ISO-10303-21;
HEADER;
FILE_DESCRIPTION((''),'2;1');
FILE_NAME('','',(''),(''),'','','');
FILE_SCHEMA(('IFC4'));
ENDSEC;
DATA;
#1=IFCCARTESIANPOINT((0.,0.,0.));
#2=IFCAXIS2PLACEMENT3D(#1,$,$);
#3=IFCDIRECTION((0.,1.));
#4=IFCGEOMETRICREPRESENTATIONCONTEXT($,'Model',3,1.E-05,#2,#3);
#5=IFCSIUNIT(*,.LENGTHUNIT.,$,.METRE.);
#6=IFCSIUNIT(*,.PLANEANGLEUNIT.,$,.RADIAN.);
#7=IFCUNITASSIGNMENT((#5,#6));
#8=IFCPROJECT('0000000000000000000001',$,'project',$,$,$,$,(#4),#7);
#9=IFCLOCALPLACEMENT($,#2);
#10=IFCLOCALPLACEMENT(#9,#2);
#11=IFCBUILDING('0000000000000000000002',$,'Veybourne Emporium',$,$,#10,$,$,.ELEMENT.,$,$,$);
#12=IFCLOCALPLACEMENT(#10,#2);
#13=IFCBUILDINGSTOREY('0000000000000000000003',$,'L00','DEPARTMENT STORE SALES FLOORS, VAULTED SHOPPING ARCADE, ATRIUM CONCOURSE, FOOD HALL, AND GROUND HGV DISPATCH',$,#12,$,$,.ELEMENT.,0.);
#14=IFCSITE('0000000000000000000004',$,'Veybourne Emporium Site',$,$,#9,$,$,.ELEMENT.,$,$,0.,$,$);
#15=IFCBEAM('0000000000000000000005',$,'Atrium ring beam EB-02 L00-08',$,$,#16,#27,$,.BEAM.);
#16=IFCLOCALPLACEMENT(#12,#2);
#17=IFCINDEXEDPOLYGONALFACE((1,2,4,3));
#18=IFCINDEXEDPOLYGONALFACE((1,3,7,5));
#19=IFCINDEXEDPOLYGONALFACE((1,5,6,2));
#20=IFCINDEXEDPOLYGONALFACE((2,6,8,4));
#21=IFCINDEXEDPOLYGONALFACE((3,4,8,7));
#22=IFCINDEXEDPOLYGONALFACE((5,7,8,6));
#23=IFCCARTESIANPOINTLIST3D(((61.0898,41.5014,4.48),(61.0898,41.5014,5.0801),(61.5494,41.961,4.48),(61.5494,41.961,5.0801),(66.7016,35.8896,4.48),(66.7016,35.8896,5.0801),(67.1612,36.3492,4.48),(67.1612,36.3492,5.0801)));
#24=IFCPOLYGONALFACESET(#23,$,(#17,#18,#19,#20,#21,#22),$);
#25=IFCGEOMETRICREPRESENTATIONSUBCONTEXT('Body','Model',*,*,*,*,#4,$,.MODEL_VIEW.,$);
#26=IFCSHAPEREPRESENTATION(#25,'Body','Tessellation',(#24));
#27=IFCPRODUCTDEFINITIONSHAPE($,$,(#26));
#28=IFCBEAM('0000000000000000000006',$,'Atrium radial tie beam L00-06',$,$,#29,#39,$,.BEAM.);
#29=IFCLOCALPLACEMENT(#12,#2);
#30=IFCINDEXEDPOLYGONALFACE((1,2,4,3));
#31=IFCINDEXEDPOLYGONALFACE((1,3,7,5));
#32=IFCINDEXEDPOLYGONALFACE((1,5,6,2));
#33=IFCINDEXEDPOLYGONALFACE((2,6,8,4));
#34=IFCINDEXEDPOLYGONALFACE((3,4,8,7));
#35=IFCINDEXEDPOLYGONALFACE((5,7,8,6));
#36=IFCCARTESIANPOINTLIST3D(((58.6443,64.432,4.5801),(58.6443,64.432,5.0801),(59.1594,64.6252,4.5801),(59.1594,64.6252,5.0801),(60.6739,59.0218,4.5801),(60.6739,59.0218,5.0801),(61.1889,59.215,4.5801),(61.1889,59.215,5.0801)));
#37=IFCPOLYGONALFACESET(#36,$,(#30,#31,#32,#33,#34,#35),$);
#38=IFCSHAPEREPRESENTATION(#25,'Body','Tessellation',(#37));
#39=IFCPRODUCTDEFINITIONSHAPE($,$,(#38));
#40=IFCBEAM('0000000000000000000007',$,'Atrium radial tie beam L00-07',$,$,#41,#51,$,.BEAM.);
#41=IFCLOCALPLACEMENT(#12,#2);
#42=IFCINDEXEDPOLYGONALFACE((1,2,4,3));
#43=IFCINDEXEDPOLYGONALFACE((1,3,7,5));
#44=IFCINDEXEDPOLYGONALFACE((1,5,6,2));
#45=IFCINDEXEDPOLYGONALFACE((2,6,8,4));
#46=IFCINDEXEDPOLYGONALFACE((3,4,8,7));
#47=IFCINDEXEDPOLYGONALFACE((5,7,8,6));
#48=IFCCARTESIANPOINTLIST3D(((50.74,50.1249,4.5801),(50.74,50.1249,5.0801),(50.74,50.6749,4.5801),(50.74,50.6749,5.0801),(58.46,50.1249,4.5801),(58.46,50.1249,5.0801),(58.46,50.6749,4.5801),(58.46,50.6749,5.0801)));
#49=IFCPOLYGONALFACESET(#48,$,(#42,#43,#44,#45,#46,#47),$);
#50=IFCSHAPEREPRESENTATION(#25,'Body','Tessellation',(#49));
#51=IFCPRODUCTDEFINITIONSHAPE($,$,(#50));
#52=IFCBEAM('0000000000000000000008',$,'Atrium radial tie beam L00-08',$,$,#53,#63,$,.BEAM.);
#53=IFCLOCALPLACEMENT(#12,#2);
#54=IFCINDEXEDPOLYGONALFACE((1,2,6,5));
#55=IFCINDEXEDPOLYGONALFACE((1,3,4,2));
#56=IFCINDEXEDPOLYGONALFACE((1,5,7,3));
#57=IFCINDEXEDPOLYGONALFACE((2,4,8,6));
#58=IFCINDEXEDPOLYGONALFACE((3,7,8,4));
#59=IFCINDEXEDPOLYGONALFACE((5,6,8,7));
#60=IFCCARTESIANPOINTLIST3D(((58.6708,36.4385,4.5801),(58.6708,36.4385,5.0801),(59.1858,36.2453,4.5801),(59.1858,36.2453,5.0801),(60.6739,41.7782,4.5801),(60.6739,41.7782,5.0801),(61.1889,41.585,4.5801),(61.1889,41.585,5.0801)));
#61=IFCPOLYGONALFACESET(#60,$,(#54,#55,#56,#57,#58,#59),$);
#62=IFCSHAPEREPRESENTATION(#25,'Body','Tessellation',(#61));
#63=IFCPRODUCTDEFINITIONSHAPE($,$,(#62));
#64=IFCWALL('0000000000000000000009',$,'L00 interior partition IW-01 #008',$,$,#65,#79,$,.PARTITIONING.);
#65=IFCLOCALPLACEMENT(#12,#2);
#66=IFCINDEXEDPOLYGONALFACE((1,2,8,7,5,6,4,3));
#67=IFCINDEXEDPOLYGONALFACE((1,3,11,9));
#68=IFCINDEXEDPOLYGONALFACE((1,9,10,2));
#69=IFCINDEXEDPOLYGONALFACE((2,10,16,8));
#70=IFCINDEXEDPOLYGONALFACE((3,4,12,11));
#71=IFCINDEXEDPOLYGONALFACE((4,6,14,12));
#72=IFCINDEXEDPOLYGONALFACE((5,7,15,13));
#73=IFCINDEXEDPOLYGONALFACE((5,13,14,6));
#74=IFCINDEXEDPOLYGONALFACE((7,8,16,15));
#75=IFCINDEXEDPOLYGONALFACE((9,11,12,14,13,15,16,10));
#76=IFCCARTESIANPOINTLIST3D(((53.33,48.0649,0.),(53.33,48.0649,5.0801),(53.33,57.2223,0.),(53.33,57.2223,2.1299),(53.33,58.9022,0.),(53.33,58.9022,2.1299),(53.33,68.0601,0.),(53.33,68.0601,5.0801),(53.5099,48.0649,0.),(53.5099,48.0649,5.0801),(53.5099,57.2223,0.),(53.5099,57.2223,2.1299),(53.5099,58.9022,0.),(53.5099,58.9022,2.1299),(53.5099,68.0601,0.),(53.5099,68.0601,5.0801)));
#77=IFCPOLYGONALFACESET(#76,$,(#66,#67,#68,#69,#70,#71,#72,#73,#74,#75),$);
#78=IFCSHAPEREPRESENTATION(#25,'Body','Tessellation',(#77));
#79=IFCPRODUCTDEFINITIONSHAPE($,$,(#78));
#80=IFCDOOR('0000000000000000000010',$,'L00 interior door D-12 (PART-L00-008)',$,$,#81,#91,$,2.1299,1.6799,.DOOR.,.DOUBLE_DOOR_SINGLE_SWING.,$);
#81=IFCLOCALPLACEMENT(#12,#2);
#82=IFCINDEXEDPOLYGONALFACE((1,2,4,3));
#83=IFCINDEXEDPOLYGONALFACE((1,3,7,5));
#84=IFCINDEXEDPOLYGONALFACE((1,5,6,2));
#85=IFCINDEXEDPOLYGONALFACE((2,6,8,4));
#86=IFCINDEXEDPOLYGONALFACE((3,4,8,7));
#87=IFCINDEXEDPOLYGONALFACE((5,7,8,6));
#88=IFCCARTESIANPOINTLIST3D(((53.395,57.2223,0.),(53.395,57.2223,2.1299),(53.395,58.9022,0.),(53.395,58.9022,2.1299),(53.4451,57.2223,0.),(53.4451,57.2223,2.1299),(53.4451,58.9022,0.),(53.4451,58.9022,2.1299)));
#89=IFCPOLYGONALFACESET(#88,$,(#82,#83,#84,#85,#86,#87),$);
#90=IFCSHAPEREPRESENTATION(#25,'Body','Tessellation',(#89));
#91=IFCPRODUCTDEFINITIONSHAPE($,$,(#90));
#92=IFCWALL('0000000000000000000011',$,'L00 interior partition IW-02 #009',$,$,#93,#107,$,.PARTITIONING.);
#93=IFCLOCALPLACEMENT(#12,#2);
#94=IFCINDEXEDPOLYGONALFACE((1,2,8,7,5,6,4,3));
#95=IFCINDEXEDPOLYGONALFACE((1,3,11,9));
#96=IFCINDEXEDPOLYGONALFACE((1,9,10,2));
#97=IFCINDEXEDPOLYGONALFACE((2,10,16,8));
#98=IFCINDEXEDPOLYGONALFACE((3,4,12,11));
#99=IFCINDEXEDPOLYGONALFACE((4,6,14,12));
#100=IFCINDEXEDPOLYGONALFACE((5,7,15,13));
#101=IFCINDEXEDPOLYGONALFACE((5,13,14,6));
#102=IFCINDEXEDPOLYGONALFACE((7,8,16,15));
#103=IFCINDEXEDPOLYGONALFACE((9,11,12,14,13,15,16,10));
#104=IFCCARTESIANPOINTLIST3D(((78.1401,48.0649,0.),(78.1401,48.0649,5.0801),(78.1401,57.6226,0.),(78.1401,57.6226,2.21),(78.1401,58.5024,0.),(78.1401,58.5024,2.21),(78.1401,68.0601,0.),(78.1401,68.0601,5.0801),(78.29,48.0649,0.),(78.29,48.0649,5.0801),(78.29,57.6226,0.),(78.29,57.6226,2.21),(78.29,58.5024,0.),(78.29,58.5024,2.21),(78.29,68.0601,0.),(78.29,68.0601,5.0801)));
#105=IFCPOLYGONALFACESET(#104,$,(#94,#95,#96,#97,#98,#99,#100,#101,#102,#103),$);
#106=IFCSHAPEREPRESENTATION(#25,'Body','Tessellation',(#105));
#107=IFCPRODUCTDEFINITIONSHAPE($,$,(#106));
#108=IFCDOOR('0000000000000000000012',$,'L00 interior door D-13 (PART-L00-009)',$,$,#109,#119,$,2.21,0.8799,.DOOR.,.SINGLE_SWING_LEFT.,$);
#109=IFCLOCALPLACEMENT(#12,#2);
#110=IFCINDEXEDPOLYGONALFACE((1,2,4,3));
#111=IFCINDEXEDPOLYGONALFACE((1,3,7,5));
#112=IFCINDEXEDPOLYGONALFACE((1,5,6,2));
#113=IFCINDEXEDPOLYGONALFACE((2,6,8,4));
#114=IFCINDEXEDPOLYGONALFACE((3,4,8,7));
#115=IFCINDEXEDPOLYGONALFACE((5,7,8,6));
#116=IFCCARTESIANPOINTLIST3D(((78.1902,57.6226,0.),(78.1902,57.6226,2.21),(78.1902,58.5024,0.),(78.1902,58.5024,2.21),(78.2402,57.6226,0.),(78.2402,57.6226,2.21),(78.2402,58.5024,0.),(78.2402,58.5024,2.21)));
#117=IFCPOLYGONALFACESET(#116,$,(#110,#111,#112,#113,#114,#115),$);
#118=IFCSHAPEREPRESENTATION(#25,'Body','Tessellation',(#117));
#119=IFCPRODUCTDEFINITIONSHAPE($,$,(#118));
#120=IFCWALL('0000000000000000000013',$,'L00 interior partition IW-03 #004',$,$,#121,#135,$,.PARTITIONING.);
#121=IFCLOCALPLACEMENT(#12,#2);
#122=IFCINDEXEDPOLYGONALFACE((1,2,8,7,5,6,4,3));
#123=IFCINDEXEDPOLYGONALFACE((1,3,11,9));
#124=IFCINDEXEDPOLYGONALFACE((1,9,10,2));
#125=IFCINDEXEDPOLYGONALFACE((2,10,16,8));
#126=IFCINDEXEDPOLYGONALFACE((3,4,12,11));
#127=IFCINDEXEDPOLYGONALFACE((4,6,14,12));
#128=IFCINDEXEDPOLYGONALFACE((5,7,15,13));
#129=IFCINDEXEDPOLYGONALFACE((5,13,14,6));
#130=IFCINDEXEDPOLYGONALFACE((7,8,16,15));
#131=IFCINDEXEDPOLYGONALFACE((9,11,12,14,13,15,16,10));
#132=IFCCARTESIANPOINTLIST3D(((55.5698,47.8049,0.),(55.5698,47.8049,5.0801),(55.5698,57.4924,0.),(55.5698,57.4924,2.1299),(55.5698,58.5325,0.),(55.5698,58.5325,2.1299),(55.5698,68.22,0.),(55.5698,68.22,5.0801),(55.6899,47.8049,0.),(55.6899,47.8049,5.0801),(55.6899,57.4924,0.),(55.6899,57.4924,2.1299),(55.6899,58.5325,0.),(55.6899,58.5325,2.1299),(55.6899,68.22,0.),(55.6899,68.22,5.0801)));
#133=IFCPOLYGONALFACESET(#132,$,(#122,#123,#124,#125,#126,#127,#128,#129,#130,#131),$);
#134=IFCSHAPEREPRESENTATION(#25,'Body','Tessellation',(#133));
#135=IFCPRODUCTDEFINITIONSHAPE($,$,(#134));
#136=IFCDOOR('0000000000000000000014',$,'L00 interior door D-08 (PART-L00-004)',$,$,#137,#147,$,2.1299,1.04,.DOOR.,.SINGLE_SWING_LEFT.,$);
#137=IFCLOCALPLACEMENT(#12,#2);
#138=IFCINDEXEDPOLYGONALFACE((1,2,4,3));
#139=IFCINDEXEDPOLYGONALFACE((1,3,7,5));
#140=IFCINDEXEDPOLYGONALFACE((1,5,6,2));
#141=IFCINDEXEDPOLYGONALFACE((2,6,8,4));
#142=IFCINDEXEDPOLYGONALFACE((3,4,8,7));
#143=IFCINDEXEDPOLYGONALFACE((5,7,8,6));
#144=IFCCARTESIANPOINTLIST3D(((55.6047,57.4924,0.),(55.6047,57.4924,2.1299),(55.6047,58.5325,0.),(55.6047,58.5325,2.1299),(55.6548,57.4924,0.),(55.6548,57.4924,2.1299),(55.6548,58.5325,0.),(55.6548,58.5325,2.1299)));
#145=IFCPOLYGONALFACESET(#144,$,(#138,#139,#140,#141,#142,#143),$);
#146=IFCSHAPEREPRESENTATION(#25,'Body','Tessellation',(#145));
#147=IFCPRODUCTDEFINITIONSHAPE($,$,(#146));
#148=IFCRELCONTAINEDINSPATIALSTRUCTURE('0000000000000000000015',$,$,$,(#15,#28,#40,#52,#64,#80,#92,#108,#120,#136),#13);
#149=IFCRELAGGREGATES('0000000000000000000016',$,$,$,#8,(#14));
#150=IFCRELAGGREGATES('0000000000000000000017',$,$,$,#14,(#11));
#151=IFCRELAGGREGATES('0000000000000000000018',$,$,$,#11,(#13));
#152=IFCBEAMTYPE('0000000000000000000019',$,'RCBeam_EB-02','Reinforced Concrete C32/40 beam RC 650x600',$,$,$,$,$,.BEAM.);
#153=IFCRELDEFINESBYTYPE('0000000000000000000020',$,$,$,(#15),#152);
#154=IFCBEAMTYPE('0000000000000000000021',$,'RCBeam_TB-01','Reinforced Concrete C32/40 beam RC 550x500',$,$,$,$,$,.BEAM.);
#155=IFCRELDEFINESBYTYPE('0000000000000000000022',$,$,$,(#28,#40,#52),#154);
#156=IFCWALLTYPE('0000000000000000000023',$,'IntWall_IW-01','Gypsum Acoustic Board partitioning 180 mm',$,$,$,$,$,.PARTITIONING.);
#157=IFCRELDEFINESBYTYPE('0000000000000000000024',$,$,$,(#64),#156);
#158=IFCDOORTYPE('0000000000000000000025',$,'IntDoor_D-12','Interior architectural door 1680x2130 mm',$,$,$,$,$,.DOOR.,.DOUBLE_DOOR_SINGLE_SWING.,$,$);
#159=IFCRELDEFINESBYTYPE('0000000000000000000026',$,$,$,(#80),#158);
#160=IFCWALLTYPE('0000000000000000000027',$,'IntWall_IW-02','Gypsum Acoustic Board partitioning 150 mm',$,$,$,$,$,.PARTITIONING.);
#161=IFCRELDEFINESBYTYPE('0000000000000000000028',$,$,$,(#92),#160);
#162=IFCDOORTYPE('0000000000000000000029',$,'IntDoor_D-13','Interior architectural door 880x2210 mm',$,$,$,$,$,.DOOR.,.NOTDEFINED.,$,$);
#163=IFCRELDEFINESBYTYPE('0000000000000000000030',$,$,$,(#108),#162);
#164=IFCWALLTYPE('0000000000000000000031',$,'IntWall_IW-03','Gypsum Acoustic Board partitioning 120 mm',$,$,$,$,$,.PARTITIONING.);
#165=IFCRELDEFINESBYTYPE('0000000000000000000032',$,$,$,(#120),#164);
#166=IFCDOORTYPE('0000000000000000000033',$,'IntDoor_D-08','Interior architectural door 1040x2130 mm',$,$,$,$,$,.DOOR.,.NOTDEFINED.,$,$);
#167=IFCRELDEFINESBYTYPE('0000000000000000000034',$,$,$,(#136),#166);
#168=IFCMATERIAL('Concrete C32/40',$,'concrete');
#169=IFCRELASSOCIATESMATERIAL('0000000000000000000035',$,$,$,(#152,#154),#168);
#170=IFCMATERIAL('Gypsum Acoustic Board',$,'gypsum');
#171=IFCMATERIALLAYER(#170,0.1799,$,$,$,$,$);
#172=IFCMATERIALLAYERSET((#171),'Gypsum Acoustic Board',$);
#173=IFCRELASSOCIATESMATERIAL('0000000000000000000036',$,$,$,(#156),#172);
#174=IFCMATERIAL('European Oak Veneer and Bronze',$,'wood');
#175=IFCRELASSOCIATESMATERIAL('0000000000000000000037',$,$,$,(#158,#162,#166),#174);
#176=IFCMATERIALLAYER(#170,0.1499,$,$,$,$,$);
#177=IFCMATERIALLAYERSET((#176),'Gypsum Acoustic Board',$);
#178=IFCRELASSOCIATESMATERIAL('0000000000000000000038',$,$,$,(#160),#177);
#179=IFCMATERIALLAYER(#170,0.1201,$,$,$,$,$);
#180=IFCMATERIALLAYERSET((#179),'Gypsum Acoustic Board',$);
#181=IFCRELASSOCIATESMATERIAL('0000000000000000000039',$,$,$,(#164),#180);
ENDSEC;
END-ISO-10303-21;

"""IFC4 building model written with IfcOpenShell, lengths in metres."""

from ifc_helpers import new_model, si_unit, direction, frame, frame_2d, origin, origin_2d, place, context, subcontext, project, spatial, rectangle, extrude, material, layer, layer_set, material_profile, profile_set, type_object, element, fill, save


model = new_model("IFC4")

# Units and contexts
model_context = context("Model", 3, precision=1e-05, world=origin(), true_north=direction((0.0, 1.0)))
body_context = subcontext(model_context, "Body", "Model", "MODEL_VIEW")
ifc_project = project(units=[si_unit("LENGTHUNIT", "METRE"), si_unit("PLANEANGLEUNIT", "RADIAN")], contexts=[model_context])

# Site, building, storey
site_placement = place(None, origin())
site = spatial("IfcSite", under=ifc_project, at=site_placement, Name="Veybourne Emporium Site", CompositionType="ELEMENT", RefElevation=0.0)
building_placement = place(site_placement, origin())
building = spatial("IfcBuilding", under=site, at=building_placement, Name="Veybourne Emporium", CompositionType="ELEMENT")
storey_placement = place(building_placement, origin())
storey = spatial("IfcBuildingStorey", under=building, at=storey_placement, Name="L00", Description="DEPARTMENT STORE SALES FLOORS, VAULTED SHOPPING ARCADE, ATRIUM CONCOURSE, FOOD HALL, AND GROUND HGV DISPATCH", CompositionType="ELEMENT", Elevation=0.0)

# Beams
ifc_material_1 = material(Name="Concrete C32/40", Category="concrete")
ifc_material_profile_1 = material_profile(ifc_material_1, rectangle(XDim=0.6499, YDim=0.6001, at=origin_2d()), Name="RC 650x600")
ifc_profile_set_1 = profile_set([ifc_material_profile_1], Name="Concrete C32/40")
beam_type_1 = type_object("IfcBeamType", Name="RCBeam_EB-02", Description="Reinforced Concrete C32/40 beam RC 650x600", PredefinedType="BEAM", material=ifc_profile_set_1)
beam_1_placement = place(storey_placement, frame((61.3196, 41.7312, 4.78), z_axis=(0.707107, -0.707107, 0.0), x_axis=(0.707107, 0.707107, 0.0)))
element("IfcBeam", 1, at=beam_1_placement, inside=storey, type_object=beam_type_1, Name="Atrium ring beam EB-02 L00-08", PredefinedType="BEAM", context=body_context, shape_type="SweptSolid", body=[
    extrude(rectangle(XDim=0.6499, YDim=0.6001, at=origin_2d()), origin(), (0.0, 0.0, 1.0), 7.9363),
])
ifc_material_profile_2 = material_profile(ifc_material_1, rectangle(XDim=0.55, YDim=0.5, at=origin_2d()), Name="RC 550x500")
ifc_profile_set_2 = profile_set([ifc_material_profile_2], Name="Concrete C32/40")
beam_type_2 = type_object("IfcBeamType", Name="RCBeam_TB-01", Description="Reinforced Concrete C32/40 beam RC 550x500", PredefinedType="BEAM", material=ifc_profile_set_2)
beam_2_placement = place(storey_placement, frame((60.9314, 59.1184, 4.8301), z_axis=(-0.351235, 0.936287, 0.0), x_axis=(-0.936287, -0.351235, 0.0)))
element("IfcBeam", 2, at=beam_2_placement, inside=storey, type_object=beam_type_2, Name="Atrium radial tie beam L00-06", PredefinedType="BEAM", context=body_context, shape_type="SweptSolid", body=[
    extrude(rectangle(XDim=0.55, YDim=0.5, at=origin_2d()), origin(), (0.0, 0.0, 1.0), 5.7783),
])
beam_3_placement = place(storey_placement, frame((58.46, 50.3999, 4.8301), z_axis=(-1.0, 0.0, 0.0), x_axis=(0.0, -1.0, 0.0)))
element("IfcBeam", 3, at=beam_3_placement, inside=storey, type_object=beam_type_2, Name="Atrium radial tie beam L00-07", PredefinedType="BEAM", context=body_context, shape_type="SweptSolid", body=[
    extrude(rectangle(XDim=0.55, YDim=0.5, at=origin_2d()), origin(), (0.0, 0.0, 1.0), 7.72),
])
beam_4_placement = place(storey_placement, frame((60.9314, 41.6816, 4.8301), z_axis=(-0.351236, -0.936287, 0.0), x_axis=(0.936287, -0.351236, 0.0)))
element("IfcBeam", 4, at=beam_4_placement, inside=storey, type_object=beam_type_2, Name="Atrium radial tie beam L00-08", PredefinedType="BEAM", context=body_context, shape_type="SweptSolid", body=[
    extrude(rectangle(XDim=0.55, YDim=0.5, at=origin_2d()), origin(), (0.0, 0.0, 1.0), 5.7031),
])

# Walls, openings, doors
ifc_material_2 = material(Name="Gypsum Acoustic Board", Category="gypsum")
ifc_layer_1 = layer(ifc_material_2, 0.1799)
ifc_layer_set_1 = layer_set([ifc_layer_1], Name="Gypsum Acoustic Board")
wall_type_1 = type_object("IfcWallType", Name="IntWall_IW-01", Description="Gypsum Acoustic Board partitioning 180 mm", PredefinedType="PARTITIONING", material=ifc_layer_set_1)
wall_1_placement = place(storey_placement, frame((53.4199, 48.0649, 0.0), z_axis=(0.0, 0.0, 1.0), x_axis=(0.0, 1.0, 0.0)))
wall_1 = element("IfcWall", 5, at=wall_1_placement, inside=storey, type_object=wall_type_1, Name="L00 interior partition IW-01 #008", PredefinedType="PARTITIONING", context=body_context, shape_type="SweptSolid", body=[
    extrude(rectangle(XDim=19.9951, YDim=0.1799, at=frame_2d((9.9976, 0.0))), origin(), (0.0, 0.0, 1.0), 5.0801),
])
opening_1_placement = place(wall_1_placement, frame((9.1575, 0.0, 0.0)))
opening_1 = element("IfcOpeningElement", 6, at=opening_1_placement, cuts=wall_1, PredefinedType="OPENING", context=body_context, shape_type="SweptSolid", body=[
    extrude(rectangle(XDim=1.6799, YDim=2.1299, at=frame_2d((0.8398, 1.0649))), frame((0.0, 0.1099, 0.0), z_axis=(0.0, -1.0, 0.0), x_axis=(1.0, 0.0, 0.0)), (0.0, 0.0, 1.0), 0.22),
])
ifc_material_3 = material(Name="European Oak Veneer and Bronze", Category="wood")
door_type_1 = type_object("IfcDoorType", Name="IntDoor_D-12", Description="Interior architectural door 1680x2130 mm", OperationType="DOUBLE_DOOR_SINGLE_SWING", PredefinedType="DOOR", material=ifc_material_3)
door_1_placement = place(opening_1_placement, origin())
door_1 = element("IfcDoor", 7, at=door_1_placement, inside=storey, type_object=door_type_1, Name="L00 interior door D-12 (PART-L00-008)", OperationType="DOUBLE_DOOR_SINGLE_SWING", OverallHeight=2.1299, OverallWidth=1.6799, PredefinedType="DOOR", context=body_context, shape_type="SweptSolid", body=[
    extrude(rectangle(XDim=1.6799, YDim=2.1299, at=frame_2d((0.8398, 1.0649))), frame((0.0, 0.0249, 0.0), z_axis=(0.0, -1.0, 0.0), x_axis=(1.0, 0.0, 0.0)), (0.0, 0.0, 1.0), 0.05),
])
fill(opening_1, door_1)
ifc_layer_2 = layer(ifc_material_2, 0.1499)
ifc_layer_set_2 = layer_set([ifc_layer_2], Name="Gypsum Acoustic Board")
wall_type_2 = type_object("IfcWallType", Name="IntWall_IW-02", Description="Gypsum Acoustic Board partitioning 150 mm", PredefinedType="PARTITIONING", material=ifc_layer_set_2)
wall_2_placement = place(storey_placement, frame((78.2151, 48.0649, 0.0), z_axis=(0.0, 0.0, 1.0), x_axis=(0.0, 1.0, 0.0)))
wall_2 = element("IfcWall", 8, at=wall_2_placement, inside=storey, type_object=wall_type_2, Name="L00 interior partition IW-02 #009", PredefinedType="PARTITIONING", context=body_context, shape_type="SweptSolid", body=[
    extrude(rectangle(XDim=19.9951, YDim=0.1499, at=frame_2d((9.9976, 0.0))), origin(), (0.0, 0.0, 1.0), 5.0801),
])
opening_2_placement = place(wall_2_placement, frame((9.5576, 0.0, 0.0)))
opening_2 = element("IfcOpeningElement", 9, at=opening_2_placement, cuts=wall_2, PredefinedType="OPENING", context=body_context, shape_type="SweptSolid", body=[
    extrude(rectangle(XDim=0.8799, YDim=2.21, at=frame_2d((0.4399, 1.105))), frame((0.0, 0.095, 0.0), z_axis=(0.0, -1.0, 0.0), x_axis=(1.0, 0.0, 0.0)), (0.0, 0.0, 1.0), 0.1899),
])
door_type_2 = type_object("IfcDoorType", Name="IntDoor_D-13", Description="Interior architectural door 880x2210 mm", OperationType="NOTDEFINED", PredefinedType="DOOR", material=ifc_material_3)
door_2_placement = place(opening_2_placement, origin())
door_2 = element("IfcDoor", 10, at=door_2_placement, inside=storey, type_object=door_type_2, Name="L00 interior door D-13 (PART-L00-009)", OperationType="SINGLE_SWING_LEFT", OverallHeight=2.21, OverallWidth=0.8799, PredefinedType="DOOR", context=body_context, shape_type="SweptSolid", body=[
    extrude(rectangle(XDim=0.8799, YDim=2.21, at=frame_2d((0.4399, 1.105))), frame((0.0, 0.0249, 0.0), z_axis=(0.0, -1.0, 0.0), x_axis=(1.0, 0.0, 0.0)), (0.0, 0.0, 1.0), 0.05),
])
fill(opening_2, door_2)
ifc_layer_3 = layer(ifc_material_2, 0.1201)
ifc_layer_set_3 = layer_set([ifc_layer_3], Name="Gypsum Acoustic Board")
wall_type_3 = type_object("IfcWallType", Name="IntWall_IW-03", Description="Gypsum Acoustic Board partitioning 120 mm", PredefinedType="PARTITIONING", material=ifc_layer_set_3)
wall_3_placement = place(storey_placement, frame((55.6299, 47.8049, 0.0), z_axis=(0.0, 0.0, 1.0), x_axis=(0.0, 1.0, 0.0)))
wall_3 = element("IfcWall", 11, at=wall_3_placement, inside=storey, type_object=wall_type_3, Name="L00 interior partition IW-03 #004", PredefinedType="PARTITIONING", context=body_context, shape_type="SweptSolid", body=[
    extrude(rectangle(XDim=20.415, YDim=0.1201, at=frame_2d((10.2075, 0.0))), origin(), (0.0, 0.0, 1.0), 5.0801),
])
opening_3_placement = place(wall_3_placement, frame((9.6875, 0.0, 0.0)))
opening_3 = element("IfcOpeningElement", 12, at=opening_3_placement, cuts=wall_3, PredefinedType="OPENING", context=body_context, shape_type="SweptSolid", body=[
    extrude(rectangle(XDim=1.04, YDim=2.1299, at=frame_2d((0.52, 1.0649))), frame((0.0, 0.0801, 0.0), z_axis=(0.0, -1.0, 0.0), x_axis=(1.0, 0.0, 0.0)), (0.0, 0.0, 1.0), 0.1602),
])
door_type_3 = type_object("IfcDoorType", Name="IntDoor_D-08", Description="Interior architectural door 1040x2130 mm", OperationType="NOTDEFINED", PredefinedType="DOOR", material=ifc_material_3)
door_3_placement = place(opening_3_placement, frame((1.04, 0.0, 0.0), z_axis=(0.0, 0.0, 1.0), x_axis=(-1.0, 0.0, 0.0)))
door_3 = element("IfcDoor", 13, at=door_3_placement, inside=storey, type_object=door_type_3, Name="L00 interior door D-08 (PART-L00-004)", OperationType="SINGLE_SWING_LEFT", OverallHeight=2.1299, OverallWidth=1.04, PredefinedType="DOOR", context=body_context, shape_type="SweptSolid", body=[
    extrude(rectangle(XDim=1.04, YDim=2.1299, at=frame_2d((0.52, 1.0649))), frame((0.0, 0.0249, 0.0), z_axis=(0.0, -1.0, 0.0), x_axis=(1.0, 0.0, 0.0)), (0.0, 0.0, 1.0), 0.05),
])
fill(opening_3, door_3)

save(model, "model.ifc")
